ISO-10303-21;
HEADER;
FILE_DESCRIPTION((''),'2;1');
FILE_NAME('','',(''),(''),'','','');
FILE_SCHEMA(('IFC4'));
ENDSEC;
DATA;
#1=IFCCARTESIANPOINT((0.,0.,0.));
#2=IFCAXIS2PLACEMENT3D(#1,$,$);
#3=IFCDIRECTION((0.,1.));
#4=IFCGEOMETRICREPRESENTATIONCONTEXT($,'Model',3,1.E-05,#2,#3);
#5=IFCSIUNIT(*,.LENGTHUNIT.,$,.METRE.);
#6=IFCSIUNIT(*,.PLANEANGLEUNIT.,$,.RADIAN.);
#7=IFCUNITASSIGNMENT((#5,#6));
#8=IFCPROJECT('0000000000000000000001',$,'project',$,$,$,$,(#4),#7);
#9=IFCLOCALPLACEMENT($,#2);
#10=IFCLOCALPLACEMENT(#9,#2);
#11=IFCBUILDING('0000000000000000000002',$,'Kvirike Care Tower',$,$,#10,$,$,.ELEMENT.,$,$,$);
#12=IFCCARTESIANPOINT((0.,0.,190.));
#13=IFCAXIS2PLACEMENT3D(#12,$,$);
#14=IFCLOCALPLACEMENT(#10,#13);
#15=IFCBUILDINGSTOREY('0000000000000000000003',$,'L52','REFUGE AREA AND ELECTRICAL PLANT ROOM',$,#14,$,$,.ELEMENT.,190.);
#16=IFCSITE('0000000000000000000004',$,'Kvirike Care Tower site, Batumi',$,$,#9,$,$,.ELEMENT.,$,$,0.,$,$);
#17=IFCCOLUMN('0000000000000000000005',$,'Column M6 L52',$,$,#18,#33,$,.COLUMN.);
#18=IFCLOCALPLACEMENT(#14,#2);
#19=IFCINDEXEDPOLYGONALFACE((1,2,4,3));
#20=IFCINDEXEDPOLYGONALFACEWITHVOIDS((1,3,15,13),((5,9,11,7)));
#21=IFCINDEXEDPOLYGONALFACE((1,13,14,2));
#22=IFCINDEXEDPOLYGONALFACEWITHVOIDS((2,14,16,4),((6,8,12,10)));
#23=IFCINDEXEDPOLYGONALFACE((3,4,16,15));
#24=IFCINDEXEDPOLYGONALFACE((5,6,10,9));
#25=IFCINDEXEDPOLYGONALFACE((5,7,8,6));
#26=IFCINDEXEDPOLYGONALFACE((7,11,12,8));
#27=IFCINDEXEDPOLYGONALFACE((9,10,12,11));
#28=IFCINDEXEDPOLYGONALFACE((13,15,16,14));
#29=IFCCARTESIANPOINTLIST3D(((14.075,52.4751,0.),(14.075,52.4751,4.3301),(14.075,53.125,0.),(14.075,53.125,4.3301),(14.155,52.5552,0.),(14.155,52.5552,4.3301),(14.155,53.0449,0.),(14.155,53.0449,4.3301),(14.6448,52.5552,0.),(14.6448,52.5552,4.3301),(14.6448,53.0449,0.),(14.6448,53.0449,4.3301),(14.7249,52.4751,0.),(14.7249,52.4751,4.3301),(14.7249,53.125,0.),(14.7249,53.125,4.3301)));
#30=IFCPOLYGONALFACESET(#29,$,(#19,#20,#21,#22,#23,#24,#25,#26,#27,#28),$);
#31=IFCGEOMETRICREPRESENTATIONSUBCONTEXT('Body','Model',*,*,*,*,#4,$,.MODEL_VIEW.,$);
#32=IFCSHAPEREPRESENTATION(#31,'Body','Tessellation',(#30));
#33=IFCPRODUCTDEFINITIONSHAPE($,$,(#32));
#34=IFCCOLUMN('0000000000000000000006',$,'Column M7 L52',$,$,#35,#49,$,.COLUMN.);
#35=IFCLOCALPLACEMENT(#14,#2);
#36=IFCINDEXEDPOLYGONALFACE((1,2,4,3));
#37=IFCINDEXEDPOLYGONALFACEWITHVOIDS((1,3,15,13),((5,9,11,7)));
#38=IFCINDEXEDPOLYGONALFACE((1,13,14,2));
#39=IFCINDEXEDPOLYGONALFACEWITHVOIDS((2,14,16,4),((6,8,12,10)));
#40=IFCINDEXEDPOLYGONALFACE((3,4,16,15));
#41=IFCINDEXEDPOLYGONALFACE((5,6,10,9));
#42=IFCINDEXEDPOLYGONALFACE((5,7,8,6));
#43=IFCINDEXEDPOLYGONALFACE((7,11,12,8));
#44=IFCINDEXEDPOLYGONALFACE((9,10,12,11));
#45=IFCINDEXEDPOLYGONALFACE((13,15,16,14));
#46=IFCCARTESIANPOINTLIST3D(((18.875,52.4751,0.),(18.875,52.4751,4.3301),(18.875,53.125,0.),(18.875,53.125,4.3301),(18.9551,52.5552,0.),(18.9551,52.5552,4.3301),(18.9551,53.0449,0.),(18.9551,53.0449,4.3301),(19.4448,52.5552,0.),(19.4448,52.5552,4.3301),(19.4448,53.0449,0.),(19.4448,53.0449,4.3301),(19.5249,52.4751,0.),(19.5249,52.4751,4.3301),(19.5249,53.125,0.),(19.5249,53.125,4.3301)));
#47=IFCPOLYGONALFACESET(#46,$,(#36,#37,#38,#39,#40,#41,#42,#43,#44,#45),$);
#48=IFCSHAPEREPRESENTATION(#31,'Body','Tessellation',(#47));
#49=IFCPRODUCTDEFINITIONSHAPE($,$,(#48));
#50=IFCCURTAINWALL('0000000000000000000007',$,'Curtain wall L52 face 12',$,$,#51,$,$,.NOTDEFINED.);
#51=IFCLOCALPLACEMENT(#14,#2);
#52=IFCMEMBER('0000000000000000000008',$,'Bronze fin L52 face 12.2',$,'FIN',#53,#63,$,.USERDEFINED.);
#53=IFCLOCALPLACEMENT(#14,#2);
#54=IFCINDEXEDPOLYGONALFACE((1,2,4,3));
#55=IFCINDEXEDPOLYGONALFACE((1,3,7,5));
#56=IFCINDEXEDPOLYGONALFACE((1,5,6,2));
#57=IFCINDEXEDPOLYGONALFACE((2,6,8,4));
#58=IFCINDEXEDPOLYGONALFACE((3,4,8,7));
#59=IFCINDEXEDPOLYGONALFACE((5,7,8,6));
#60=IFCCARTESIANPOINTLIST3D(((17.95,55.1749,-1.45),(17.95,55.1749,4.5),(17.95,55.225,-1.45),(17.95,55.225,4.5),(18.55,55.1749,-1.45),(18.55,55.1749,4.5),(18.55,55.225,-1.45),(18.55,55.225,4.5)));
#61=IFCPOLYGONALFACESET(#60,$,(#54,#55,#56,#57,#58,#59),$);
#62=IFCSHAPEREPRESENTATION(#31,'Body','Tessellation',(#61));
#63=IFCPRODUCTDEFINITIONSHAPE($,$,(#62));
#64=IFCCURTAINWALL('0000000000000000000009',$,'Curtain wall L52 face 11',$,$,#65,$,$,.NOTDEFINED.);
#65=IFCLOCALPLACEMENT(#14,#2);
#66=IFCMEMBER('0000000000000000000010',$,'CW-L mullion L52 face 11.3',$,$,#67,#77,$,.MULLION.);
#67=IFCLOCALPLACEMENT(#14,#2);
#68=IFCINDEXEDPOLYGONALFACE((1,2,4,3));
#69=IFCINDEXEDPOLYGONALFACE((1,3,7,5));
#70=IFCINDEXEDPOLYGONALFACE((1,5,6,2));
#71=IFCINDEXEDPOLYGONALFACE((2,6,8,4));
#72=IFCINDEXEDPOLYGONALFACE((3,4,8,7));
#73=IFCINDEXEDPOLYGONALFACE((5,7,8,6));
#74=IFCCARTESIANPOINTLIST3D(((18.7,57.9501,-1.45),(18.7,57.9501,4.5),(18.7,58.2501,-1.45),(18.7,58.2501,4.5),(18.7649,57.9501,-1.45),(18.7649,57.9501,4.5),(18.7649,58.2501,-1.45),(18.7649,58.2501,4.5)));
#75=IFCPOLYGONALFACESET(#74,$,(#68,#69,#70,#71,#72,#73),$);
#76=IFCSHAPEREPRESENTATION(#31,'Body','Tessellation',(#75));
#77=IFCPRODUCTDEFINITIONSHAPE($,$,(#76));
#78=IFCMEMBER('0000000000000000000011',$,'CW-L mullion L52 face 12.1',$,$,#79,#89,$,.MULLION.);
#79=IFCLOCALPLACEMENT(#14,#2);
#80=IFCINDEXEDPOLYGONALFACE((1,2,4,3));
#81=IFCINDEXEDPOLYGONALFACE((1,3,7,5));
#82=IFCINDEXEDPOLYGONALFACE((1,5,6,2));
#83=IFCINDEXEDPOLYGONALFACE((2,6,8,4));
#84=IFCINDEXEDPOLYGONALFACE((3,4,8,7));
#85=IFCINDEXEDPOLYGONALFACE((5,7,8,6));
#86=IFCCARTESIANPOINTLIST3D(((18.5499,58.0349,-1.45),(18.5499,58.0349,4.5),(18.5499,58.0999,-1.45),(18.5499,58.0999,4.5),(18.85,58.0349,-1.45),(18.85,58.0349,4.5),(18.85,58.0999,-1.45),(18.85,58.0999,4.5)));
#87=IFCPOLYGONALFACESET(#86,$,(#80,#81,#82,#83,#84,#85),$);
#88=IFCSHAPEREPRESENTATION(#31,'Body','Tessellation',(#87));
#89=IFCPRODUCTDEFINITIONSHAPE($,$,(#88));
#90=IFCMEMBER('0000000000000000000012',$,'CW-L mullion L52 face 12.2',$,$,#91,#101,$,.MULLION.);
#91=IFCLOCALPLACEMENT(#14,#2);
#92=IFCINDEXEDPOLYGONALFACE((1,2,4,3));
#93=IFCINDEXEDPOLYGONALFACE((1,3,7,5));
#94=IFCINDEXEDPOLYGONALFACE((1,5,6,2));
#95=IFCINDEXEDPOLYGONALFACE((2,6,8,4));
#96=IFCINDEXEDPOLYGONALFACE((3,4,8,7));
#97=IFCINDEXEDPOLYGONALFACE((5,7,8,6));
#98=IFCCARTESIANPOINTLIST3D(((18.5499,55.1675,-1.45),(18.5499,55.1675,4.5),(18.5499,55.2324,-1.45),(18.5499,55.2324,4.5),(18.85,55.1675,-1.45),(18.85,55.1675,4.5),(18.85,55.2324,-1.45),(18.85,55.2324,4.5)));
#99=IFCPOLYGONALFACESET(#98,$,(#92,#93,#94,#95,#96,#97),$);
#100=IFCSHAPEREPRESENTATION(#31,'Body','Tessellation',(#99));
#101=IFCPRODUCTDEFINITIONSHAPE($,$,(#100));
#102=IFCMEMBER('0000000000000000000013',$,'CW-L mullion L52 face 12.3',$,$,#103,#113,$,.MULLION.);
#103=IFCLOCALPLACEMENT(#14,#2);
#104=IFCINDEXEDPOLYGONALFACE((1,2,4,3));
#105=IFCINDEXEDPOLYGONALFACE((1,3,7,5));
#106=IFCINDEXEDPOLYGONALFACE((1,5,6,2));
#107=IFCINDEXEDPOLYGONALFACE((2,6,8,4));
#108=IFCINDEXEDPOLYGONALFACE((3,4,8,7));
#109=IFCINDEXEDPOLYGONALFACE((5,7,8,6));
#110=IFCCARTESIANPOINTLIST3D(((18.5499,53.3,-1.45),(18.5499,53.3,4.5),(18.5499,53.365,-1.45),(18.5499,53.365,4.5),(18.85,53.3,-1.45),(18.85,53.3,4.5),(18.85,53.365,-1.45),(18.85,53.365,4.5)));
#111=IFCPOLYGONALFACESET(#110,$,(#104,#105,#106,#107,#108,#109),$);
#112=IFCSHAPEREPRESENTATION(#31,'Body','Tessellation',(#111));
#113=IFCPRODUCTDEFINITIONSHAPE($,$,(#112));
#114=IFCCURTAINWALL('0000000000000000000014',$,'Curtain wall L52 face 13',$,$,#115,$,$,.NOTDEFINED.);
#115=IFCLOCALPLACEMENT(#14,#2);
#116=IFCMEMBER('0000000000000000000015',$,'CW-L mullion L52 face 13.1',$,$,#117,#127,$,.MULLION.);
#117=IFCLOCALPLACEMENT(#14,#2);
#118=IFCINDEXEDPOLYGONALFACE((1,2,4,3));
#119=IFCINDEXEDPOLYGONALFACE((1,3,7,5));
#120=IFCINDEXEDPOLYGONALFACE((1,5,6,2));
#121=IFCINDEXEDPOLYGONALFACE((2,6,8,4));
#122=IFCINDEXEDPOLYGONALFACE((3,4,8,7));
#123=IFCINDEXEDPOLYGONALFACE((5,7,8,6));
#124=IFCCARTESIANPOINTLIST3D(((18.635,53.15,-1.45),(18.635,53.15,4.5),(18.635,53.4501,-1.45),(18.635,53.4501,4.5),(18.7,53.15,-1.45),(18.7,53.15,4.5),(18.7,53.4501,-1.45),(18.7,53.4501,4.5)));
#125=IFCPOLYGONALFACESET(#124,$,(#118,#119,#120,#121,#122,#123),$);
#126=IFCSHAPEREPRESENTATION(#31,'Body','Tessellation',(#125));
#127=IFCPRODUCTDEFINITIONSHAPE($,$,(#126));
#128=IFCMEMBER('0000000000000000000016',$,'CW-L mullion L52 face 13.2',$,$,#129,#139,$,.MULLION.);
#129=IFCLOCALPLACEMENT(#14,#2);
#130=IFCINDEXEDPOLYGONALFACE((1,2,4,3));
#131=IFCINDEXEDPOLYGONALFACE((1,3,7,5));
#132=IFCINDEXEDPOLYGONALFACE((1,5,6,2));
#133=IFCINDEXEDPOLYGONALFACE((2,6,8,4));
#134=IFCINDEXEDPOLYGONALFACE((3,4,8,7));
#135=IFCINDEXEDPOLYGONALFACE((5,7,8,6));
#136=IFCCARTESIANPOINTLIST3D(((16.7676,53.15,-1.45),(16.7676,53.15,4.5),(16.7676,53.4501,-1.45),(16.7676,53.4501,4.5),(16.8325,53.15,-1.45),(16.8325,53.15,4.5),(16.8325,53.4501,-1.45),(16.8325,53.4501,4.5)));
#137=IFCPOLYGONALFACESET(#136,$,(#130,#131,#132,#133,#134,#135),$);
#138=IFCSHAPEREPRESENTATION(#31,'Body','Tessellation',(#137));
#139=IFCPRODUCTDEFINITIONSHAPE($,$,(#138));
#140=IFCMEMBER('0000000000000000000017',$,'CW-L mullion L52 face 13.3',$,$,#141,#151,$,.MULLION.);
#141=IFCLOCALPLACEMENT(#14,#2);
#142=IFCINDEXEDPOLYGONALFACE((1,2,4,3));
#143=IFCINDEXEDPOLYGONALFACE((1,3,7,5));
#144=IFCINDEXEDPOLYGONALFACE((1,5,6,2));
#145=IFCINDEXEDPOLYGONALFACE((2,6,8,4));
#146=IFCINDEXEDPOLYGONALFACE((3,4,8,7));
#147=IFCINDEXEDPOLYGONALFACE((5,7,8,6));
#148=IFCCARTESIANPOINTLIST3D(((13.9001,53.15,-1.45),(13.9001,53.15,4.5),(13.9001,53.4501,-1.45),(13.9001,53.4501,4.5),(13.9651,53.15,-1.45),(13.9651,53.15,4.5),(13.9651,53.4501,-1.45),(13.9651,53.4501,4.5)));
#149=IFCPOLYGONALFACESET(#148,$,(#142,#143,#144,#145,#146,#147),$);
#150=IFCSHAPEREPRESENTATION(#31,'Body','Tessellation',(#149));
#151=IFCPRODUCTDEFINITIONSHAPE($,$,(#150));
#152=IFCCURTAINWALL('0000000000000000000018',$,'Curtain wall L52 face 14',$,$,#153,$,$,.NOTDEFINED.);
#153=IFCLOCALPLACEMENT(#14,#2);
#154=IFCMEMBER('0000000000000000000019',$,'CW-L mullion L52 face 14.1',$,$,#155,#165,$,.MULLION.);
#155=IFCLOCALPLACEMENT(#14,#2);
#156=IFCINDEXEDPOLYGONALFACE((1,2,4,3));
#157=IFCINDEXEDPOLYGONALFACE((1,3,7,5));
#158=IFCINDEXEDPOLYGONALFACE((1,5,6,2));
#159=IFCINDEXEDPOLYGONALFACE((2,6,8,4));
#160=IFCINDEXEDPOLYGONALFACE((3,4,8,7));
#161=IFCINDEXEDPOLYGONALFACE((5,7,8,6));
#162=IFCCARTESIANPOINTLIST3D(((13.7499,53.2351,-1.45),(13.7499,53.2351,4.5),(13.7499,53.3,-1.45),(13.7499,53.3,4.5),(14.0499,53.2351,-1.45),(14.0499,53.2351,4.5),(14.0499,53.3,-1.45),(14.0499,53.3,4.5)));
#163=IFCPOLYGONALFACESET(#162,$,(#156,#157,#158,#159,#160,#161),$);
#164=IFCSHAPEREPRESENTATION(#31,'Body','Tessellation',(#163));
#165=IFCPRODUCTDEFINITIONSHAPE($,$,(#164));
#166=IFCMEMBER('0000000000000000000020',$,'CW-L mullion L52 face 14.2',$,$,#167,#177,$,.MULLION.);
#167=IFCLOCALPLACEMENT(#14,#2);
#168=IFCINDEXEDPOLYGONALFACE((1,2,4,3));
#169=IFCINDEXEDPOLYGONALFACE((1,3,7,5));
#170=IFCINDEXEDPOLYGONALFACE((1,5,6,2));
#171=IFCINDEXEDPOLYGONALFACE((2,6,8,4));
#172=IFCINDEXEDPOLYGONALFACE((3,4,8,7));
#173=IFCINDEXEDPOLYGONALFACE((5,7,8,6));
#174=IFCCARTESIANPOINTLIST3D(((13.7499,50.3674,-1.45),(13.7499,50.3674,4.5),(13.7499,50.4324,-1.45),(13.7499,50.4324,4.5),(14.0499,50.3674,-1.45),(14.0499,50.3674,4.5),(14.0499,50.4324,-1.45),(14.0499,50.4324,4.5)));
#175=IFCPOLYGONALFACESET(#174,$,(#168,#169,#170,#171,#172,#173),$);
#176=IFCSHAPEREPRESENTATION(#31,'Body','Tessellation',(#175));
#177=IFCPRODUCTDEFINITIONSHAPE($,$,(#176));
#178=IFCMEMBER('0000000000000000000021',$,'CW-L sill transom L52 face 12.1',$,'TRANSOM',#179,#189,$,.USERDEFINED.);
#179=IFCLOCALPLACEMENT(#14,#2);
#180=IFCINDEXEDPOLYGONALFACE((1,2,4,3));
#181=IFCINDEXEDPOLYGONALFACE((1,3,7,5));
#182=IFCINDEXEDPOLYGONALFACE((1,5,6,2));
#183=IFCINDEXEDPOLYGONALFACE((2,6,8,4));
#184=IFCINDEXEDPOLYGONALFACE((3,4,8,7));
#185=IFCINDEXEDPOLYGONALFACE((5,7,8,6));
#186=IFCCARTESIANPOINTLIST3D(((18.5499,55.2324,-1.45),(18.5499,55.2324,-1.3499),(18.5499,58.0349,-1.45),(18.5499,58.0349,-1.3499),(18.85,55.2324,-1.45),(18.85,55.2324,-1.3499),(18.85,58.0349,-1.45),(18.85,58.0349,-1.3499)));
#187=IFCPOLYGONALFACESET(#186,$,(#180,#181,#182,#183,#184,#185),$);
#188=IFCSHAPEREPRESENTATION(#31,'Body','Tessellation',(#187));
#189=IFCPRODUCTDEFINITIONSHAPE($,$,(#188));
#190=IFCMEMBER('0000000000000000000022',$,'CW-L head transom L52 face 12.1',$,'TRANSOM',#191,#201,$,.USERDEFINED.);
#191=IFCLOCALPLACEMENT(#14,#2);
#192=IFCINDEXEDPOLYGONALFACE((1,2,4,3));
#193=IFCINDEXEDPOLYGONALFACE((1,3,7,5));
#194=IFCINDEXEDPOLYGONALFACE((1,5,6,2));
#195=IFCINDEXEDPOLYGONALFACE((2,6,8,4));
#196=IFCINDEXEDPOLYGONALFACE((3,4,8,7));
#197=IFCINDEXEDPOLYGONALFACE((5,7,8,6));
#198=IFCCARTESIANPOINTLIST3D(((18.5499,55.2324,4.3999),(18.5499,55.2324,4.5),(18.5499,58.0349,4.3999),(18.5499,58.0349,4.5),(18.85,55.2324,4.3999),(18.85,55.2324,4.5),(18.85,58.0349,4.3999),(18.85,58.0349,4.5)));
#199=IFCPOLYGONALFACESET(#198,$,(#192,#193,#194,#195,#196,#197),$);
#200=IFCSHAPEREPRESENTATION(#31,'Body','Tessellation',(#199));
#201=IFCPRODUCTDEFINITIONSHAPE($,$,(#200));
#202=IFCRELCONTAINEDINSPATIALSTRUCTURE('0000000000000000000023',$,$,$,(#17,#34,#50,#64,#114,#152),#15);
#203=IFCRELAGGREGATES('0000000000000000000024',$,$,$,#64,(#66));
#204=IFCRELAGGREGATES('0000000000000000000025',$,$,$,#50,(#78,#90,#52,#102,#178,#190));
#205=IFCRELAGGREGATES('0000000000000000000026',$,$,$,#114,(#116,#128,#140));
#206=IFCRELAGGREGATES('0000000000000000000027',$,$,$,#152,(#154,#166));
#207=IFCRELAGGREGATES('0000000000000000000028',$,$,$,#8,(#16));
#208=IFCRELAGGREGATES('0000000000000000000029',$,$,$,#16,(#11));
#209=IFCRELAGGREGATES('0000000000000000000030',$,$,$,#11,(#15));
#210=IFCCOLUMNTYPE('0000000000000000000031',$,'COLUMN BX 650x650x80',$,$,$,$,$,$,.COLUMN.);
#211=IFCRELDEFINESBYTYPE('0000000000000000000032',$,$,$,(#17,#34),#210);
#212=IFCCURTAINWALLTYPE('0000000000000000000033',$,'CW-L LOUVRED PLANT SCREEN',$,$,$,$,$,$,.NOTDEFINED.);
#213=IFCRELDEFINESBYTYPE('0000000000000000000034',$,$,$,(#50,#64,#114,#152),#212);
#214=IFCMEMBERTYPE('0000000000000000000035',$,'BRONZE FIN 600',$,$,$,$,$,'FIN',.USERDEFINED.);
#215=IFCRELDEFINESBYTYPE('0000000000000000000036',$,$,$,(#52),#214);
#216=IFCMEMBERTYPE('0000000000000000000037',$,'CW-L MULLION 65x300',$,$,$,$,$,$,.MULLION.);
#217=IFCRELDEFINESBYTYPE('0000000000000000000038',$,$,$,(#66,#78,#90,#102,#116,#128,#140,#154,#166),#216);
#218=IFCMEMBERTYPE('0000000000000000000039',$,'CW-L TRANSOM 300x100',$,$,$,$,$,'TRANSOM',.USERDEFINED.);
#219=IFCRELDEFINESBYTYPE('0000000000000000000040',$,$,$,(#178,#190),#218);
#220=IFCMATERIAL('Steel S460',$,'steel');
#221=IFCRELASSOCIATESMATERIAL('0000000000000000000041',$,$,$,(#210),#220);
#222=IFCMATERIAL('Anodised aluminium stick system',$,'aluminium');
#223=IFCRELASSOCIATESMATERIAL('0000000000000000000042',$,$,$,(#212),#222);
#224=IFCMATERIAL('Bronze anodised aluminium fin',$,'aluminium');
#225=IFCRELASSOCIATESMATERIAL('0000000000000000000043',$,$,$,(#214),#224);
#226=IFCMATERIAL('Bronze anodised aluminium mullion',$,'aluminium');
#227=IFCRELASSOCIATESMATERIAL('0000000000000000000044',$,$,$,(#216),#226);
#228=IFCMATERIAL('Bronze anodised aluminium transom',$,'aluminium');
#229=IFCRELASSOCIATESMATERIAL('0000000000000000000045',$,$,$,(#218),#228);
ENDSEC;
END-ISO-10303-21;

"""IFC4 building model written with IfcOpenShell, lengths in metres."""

from ifc_helpers import new_model, si_unit, direction, frame, origin, origin_2d, place, context, subcontext, project, spatial, rectangle, hollow_rectangle, extrude, material, material_profile, profile_set, type_object, element, aggregate, save


model = new_model("IFC4")

# Units and contexts
model_context = context("Model", 3, precision=1e-05, world=origin(), true_north=direction((0.0, 1.0)))
body_context = subcontext(model_context, "Body", "Model", "MODEL_VIEW")
ifc_project = project(units=[si_unit("LENGTHUNIT", "METRE"), si_unit("PLANEANGLEUNIT", "RADIAN")], contexts=[model_context])

# Site, building, storey
site_placement = place(None, origin())
site = spatial("IfcSite", under=ifc_project, at=site_placement, Name="Kvirike Care Tower site, Batumi", CompositionType="ELEMENT", RefElevation=0.0)
building_placement = place(site_placement, origin())
building = spatial("IfcBuilding", under=site, at=building_placement, Name="Kvirike Care Tower", CompositionType="ELEMENT")
storey_placement = place(building_placement, frame((0.0, 0.0, 190.0)))
storey = spatial("IfcBuildingStorey", under=building, at=storey_placement, Name="L52", Description="REFUGE AREA AND ELECTRICAL PLANT ROOM", CompositionType="ELEMENT", Elevation=190.0)

# Columns
ifc_material_1 = material(Name="Steel S460", Category="steel")
ifc_material_profile_1 = material_profile(ifc_material_1, hollow_rectangle(XDim=0.6499, YDim=0.6499, WallThickness=0.0801, at=origin_2d()), Name="BX 650x650x80")
ifc_profile_set_1 = profile_set([ifc_material_profile_1], Name="Steel S460")
column_type = type_object("IfcColumnType", Name="COLUMN BX 650x650x80", PredefinedType="COLUMN", material=ifc_profile_set_1)
for number, where, z_axis, x_axis, name in (
    (1, (14.3999, 52.8, 0.0), (0.0, 0.0, 1.0), (0.0, 1.0, 0.0), "Column M6 L52"),
    (2, (19.2, 52.8, 0.0), (0.0, 0.0, 1.0), (0.0, 1.0, 0.0), "Column M7 L52"),
):
    element("IfcColumn", number, at=place(storey_placement, frame(where, z_axis=z_axis, x_axis=x_axis)), inside=storey, type_object=column_type, Name=name, PredefinedType="COLUMN", context=body_context, shape_type="SweptSolid", body=[
        extrude(hollow_rectangle(XDim=0.6499, YDim=0.6499, WallThickness=0.0801, at=origin_2d()), origin(), (0.0, 0.0, 1.0), 4.3301),
    ])

# Curtain walls, members
ifc_material_2 = material(Name="Anodised aluminium stick system", Category="aluminium")
curtain_wall_type = type_object("IfcCurtainWallType", Name="CW-L LOUVRED PLANT SCREEN", PredefinedType="NOTDEFINED", material=ifc_material_2)
curtain_wall_1_placement = place(storey_placement, origin())
curtain_wall_1 = element("IfcCurtainWall", 3, at=curtain_wall_1_placement, inside=storey, type_object=curtain_wall_type, Name="Curtain wall L52 face 12", PredefinedType="NOTDEFINED")
ifc_material_3 = material(Name="Bronze anodised aluminium fin", Category="aluminium")
ifc_material_profile_2 = material_profile(ifc_material_3, rectangle(XDim=0.05, YDim=0.6001, at=origin_2d()), Name="BRONZE FIN 600")
ifc_profile_set_2 = profile_set([ifc_material_profile_2], Name="Bronze anodised aluminium fin")
member_type_1 = type_object("IfcMemberType", Name="BRONZE FIN 600", ElementType="FIN", PredefinedType="USERDEFINED", material=ifc_profile_set_2)
member_1_placement = place(storey_placement, frame((18.25, 55.2, -1.45), z_axis=(0.0, 0.0, 1.0), x_axis=(0.0, -1.0, 0.0)))
member_1 = element("IfcMember", 4, at=member_1_placement, type_object=member_type_1, Name="Bronze fin L52 face 12.2", ObjectType="FIN", PredefinedType="USERDEFINED", context=body_context, shape_type="SweptSolid", body=[
    extrude(rectangle(XDim=0.05, YDim=0.6001, at=origin_2d()), origin(), (0.0, 0.0, 1.0), 5.95),
])
curtain_wall_2_placement = place(storey_placement, origin())
curtain_wall_2 = element("IfcCurtainWall", 5, at=curtain_wall_2_placement, inside=storey, type_object=curtain_wall_type, Name="Curtain wall L52 face 11", PredefinedType="NOTDEFINED")
ifc_material_4 = material(Name="Bronze anodised aluminium mullion", Category="aluminium")
ifc_material_profile_3 = material_profile(ifc_material_4, rectangle(XDim=0.0649, YDim=0.3, at=origin_2d()), Name="CW-L MULLION 65x300")
ifc_profile_set_3 = profile_set([ifc_material_profile_3], Name="Bronze anodised aluminium mullion")
member_type_2 = type_object("IfcMemberType", Name="CW-L MULLION 65x300", PredefinedType="MULLION", material=ifc_profile_set_3)
member_2_placement = place(storey_placement, frame((18.7324, 58.1001, -1.45), z_axis=(0.0, 0.0, 1.0), x_axis=(-1.0, 0.0, 0.0)))
member_2 = element("IfcMember", 6, at=member_2_placement, type_object=member_type_2, Name="CW-L mullion L52 face 11.3", PredefinedType="MULLION", context=body_context, shape_type="SweptSolid", body=[
    extrude(rectangle(XDim=0.0649, YDim=0.3, at=origin_2d()), origin(), (0.0, 0.0, 1.0), 5.95),
])
aggregate(curtain_wall_2, [member_2])

# Members
member_3_placement = place(storey_placement, frame((18.7, 58.0674, -1.45), z_axis=(0.0, 0.0, 1.0), x_axis=(0.0, -1.0, 0.0)))
member_3 = element("IfcMember", 7, at=member_3_placement, type_object=member_type_2, Name="CW-L mullion L52 face 12.1", PredefinedType="MULLION", context=body_context, shape_type="SweptSolid", body=[
    extrude(rectangle(XDim=0.0649, YDim=0.3, at=origin_2d()), origin(), (0.0, 0.0, 1.0), 5.95),
])
member_4_placement = place(storey_placement, frame((18.7, 55.2, -1.45), z_axis=(0.0, 0.0, 1.0), x_axis=(0.0, -1.0, 0.0)))
member_4 = element("IfcMember", 8, at=member_4_placement, type_object=member_type_2, Name="CW-L mullion L52 face 12.2", PredefinedType="MULLION", context=body_context, shape_type="SweptSolid", body=[
    extrude(rectangle(XDim=0.0649, YDim=0.3, at=origin_2d()), origin(), (0.0, 0.0, 1.0), 5.95),
])
member_5_placement = place(storey_placement, frame((18.7, 53.3325, -1.45), z_axis=(0.0, 0.0, 1.0), x_axis=(0.0, -1.0, 0.0)))
member_5 = element("IfcMember", 9, at=member_5_placement, type_object=member_type_2, Name="CW-L mullion L52 face 12.3", PredefinedType="MULLION", context=body_context, shape_type="SweptSolid", body=[
    extrude(rectangle(XDim=0.0649, YDim=0.3, at=origin_2d()), origin(), (0.0, 0.0, 1.0), 5.95),
])

# Curtain walls, members
curtain_wall_3_placement = place(storey_placement, origin())
curtain_wall_3 = element("IfcCurtainWall", 10, at=curtain_wall_3_placement, inside=storey, type_object=curtain_wall_type, Name="Curtain wall L52 face 13", PredefinedType="NOTDEFINED")
member_6_placement = place(storey_placement, frame((18.6675, 53.3, -1.45), z_axis=(0.0, 0.0, 1.0), x_axis=(-1.0, 0.0, 0.0)))
member_6 = element("IfcMember", 11, at=member_6_placement, type_object=member_type_2, Name="CW-L mullion L52 face 13.1", PredefinedType="MULLION", context=body_context, shape_type="SweptSolid", body=[
    extrude(rectangle(XDim=0.0649, YDim=0.3, at=origin_2d()), origin(), (0.0, 0.0, 1.0), 5.95),
])
member_7_placement = place(storey_placement, frame((16.8, 53.3, -1.45), z_axis=(0.0, 0.0, 1.0), x_axis=(-1.0, 0.0, 0.0)))
member_7 = element("IfcMember", 12, at=member_7_placement, type_object=member_type_2, Name="CW-L mullion L52 face 13.2", PredefinedType="MULLION", context=body_context, shape_type="SweptSolid", body=[
    extrude(rectangle(XDim=0.0649, YDim=0.3, at=origin_2d()), origin(), (0.0, 0.0, 1.0), 5.95),
])
member_8_placement = place(storey_placement, frame((13.9326, 53.3, -1.45), z_axis=(0.0, 0.0, 1.0), x_axis=(-1.0, 0.0, 0.0)))
member_8 = element("IfcMember", 13, at=member_8_placement, type_object=member_type_2, Name="CW-L mullion L52 face 13.3", PredefinedType="MULLION", context=body_context, shape_type="SweptSolid", body=[
    extrude(rectangle(XDim=0.0649, YDim=0.3, at=origin_2d()), origin(), (0.0, 0.0, 1.0), 5.95),
])
curtain_wall_4_placement = place(storey_placement, origin())
curtain_wall_4 = element("IfcCurtainWall", 14, at=curtain_wall_4_placement, inside=storey, type_object=curtain_wall_type, Name="Curtain wall L52 face 14", PredefinedType="NOTDEFINED")
member_9_placement = place(storey_placement, frame((13.8999, 53.2676, -1.45), z_axis=(0.0, 0.0, 1.0), x_axis=(0.0, -1.0, 0.0)))
member_9 = element("IfcMember", 15, at=member_9_placement, type_object=member_type_2, Name="CW-L mullion L52 face 14.1", PredefinedType="MULLION", context=body_context, shape_type="SweptSolid", body=[
    extrude(rectangle(XDim=0.0649, YDim=0.3, at=origin_2d()), origin(), (0.0, 0.0, 1.0), 5.95),
])
member_10_placement = place(storey_placement, frame((13.8999, 50.3999, -1.45), z_axis=(0.0, 0.0, 1.0), x_axis=(0.0, -1.0, 0.0)))
member_10 = element("IfcMember", 16, at=member_10_placement, type_object=member_type_2, Name="CW-L mullion L52 face 14.2", PredefinedType="MULLION", context=body_context, shape_type="SweptSolid", body=[
    extrude(rectangle(XDim=0.0649, YDim=0.3, at=origin_2d()), origin(), (0.0, 0.0, 1.0), 5.95),
])

# Members
ifc_material_5 = material(Name="Bronze anodised aluminium transom", Category="aluminium")
ifc_material_profile_4 = material_profile(ifc_material_5, rectangle(XDim=0.3, YDim=0.1001, at=origin_2d()), Name="CW-L TRANSOM 300x100")
ifc_profile_set_4 = profile_set([ifc_material_profile_4], Name="Bronze anodised aluminium transom")
member_type_3 = type_object("IfcMemberType", Name="CW-L TRANSOM 300x100", ElementType="TRANSOM", PredefinedType="USERDEFINED", material=ifc_profile_set_4)
member_11_placement = place(storey_placement, frame((18.7, 58.0349, -1.3999), z_axis=(0.0, -1.0, 0.0), x_axis=(1.0, 0.0, 0.0)))
member_11 = element("IfcMember", 17, at=member_11_placement, type_object=member_type_3, Name="CW-L sill transom L52 face 12.1", ObjectType="TRANSOM", PredefinedType="USERDEFINED", context=body_context, shape_type="SweptSolid", body=[
    extrude(rectangle(XDim=0.3, YDim=0.1001, at=origin_2d()), origin(), (0.0, 0.0, 1.0), 2.8025),
])
member_12_placement = place(storey_placement, frame((18.7, 58.0349, 4.45), z_axis=(0.0, -1.0, 0.0), x_axis=(1.0, 0.0, 0.0)))
member_12 = element("IfcMember", 18, at=member_12_placement, type_object=member_type_3, Name="CW-L head transom L52 face 12.1", ObjectType="TRANSOM", PredefinedType="USERDEFINED", context=body_context, shape_type="SweptSolid", body=[
    extrude(rectangle(XDim=0.3, YDim=0.1001, at=origin_2d()), origin(), (0.0, 0.0, 1.0), 2.8025),
])

aggregate(curtain_wall_1, [member_3, member_4, member_1, member_5, member_11, member_12])
aggregate(curtain_wall_3, [member_6, member_7, member_8])
aggregate(curtain_wall_4, [member_9, member_10])

save(model, "model.ifc")
